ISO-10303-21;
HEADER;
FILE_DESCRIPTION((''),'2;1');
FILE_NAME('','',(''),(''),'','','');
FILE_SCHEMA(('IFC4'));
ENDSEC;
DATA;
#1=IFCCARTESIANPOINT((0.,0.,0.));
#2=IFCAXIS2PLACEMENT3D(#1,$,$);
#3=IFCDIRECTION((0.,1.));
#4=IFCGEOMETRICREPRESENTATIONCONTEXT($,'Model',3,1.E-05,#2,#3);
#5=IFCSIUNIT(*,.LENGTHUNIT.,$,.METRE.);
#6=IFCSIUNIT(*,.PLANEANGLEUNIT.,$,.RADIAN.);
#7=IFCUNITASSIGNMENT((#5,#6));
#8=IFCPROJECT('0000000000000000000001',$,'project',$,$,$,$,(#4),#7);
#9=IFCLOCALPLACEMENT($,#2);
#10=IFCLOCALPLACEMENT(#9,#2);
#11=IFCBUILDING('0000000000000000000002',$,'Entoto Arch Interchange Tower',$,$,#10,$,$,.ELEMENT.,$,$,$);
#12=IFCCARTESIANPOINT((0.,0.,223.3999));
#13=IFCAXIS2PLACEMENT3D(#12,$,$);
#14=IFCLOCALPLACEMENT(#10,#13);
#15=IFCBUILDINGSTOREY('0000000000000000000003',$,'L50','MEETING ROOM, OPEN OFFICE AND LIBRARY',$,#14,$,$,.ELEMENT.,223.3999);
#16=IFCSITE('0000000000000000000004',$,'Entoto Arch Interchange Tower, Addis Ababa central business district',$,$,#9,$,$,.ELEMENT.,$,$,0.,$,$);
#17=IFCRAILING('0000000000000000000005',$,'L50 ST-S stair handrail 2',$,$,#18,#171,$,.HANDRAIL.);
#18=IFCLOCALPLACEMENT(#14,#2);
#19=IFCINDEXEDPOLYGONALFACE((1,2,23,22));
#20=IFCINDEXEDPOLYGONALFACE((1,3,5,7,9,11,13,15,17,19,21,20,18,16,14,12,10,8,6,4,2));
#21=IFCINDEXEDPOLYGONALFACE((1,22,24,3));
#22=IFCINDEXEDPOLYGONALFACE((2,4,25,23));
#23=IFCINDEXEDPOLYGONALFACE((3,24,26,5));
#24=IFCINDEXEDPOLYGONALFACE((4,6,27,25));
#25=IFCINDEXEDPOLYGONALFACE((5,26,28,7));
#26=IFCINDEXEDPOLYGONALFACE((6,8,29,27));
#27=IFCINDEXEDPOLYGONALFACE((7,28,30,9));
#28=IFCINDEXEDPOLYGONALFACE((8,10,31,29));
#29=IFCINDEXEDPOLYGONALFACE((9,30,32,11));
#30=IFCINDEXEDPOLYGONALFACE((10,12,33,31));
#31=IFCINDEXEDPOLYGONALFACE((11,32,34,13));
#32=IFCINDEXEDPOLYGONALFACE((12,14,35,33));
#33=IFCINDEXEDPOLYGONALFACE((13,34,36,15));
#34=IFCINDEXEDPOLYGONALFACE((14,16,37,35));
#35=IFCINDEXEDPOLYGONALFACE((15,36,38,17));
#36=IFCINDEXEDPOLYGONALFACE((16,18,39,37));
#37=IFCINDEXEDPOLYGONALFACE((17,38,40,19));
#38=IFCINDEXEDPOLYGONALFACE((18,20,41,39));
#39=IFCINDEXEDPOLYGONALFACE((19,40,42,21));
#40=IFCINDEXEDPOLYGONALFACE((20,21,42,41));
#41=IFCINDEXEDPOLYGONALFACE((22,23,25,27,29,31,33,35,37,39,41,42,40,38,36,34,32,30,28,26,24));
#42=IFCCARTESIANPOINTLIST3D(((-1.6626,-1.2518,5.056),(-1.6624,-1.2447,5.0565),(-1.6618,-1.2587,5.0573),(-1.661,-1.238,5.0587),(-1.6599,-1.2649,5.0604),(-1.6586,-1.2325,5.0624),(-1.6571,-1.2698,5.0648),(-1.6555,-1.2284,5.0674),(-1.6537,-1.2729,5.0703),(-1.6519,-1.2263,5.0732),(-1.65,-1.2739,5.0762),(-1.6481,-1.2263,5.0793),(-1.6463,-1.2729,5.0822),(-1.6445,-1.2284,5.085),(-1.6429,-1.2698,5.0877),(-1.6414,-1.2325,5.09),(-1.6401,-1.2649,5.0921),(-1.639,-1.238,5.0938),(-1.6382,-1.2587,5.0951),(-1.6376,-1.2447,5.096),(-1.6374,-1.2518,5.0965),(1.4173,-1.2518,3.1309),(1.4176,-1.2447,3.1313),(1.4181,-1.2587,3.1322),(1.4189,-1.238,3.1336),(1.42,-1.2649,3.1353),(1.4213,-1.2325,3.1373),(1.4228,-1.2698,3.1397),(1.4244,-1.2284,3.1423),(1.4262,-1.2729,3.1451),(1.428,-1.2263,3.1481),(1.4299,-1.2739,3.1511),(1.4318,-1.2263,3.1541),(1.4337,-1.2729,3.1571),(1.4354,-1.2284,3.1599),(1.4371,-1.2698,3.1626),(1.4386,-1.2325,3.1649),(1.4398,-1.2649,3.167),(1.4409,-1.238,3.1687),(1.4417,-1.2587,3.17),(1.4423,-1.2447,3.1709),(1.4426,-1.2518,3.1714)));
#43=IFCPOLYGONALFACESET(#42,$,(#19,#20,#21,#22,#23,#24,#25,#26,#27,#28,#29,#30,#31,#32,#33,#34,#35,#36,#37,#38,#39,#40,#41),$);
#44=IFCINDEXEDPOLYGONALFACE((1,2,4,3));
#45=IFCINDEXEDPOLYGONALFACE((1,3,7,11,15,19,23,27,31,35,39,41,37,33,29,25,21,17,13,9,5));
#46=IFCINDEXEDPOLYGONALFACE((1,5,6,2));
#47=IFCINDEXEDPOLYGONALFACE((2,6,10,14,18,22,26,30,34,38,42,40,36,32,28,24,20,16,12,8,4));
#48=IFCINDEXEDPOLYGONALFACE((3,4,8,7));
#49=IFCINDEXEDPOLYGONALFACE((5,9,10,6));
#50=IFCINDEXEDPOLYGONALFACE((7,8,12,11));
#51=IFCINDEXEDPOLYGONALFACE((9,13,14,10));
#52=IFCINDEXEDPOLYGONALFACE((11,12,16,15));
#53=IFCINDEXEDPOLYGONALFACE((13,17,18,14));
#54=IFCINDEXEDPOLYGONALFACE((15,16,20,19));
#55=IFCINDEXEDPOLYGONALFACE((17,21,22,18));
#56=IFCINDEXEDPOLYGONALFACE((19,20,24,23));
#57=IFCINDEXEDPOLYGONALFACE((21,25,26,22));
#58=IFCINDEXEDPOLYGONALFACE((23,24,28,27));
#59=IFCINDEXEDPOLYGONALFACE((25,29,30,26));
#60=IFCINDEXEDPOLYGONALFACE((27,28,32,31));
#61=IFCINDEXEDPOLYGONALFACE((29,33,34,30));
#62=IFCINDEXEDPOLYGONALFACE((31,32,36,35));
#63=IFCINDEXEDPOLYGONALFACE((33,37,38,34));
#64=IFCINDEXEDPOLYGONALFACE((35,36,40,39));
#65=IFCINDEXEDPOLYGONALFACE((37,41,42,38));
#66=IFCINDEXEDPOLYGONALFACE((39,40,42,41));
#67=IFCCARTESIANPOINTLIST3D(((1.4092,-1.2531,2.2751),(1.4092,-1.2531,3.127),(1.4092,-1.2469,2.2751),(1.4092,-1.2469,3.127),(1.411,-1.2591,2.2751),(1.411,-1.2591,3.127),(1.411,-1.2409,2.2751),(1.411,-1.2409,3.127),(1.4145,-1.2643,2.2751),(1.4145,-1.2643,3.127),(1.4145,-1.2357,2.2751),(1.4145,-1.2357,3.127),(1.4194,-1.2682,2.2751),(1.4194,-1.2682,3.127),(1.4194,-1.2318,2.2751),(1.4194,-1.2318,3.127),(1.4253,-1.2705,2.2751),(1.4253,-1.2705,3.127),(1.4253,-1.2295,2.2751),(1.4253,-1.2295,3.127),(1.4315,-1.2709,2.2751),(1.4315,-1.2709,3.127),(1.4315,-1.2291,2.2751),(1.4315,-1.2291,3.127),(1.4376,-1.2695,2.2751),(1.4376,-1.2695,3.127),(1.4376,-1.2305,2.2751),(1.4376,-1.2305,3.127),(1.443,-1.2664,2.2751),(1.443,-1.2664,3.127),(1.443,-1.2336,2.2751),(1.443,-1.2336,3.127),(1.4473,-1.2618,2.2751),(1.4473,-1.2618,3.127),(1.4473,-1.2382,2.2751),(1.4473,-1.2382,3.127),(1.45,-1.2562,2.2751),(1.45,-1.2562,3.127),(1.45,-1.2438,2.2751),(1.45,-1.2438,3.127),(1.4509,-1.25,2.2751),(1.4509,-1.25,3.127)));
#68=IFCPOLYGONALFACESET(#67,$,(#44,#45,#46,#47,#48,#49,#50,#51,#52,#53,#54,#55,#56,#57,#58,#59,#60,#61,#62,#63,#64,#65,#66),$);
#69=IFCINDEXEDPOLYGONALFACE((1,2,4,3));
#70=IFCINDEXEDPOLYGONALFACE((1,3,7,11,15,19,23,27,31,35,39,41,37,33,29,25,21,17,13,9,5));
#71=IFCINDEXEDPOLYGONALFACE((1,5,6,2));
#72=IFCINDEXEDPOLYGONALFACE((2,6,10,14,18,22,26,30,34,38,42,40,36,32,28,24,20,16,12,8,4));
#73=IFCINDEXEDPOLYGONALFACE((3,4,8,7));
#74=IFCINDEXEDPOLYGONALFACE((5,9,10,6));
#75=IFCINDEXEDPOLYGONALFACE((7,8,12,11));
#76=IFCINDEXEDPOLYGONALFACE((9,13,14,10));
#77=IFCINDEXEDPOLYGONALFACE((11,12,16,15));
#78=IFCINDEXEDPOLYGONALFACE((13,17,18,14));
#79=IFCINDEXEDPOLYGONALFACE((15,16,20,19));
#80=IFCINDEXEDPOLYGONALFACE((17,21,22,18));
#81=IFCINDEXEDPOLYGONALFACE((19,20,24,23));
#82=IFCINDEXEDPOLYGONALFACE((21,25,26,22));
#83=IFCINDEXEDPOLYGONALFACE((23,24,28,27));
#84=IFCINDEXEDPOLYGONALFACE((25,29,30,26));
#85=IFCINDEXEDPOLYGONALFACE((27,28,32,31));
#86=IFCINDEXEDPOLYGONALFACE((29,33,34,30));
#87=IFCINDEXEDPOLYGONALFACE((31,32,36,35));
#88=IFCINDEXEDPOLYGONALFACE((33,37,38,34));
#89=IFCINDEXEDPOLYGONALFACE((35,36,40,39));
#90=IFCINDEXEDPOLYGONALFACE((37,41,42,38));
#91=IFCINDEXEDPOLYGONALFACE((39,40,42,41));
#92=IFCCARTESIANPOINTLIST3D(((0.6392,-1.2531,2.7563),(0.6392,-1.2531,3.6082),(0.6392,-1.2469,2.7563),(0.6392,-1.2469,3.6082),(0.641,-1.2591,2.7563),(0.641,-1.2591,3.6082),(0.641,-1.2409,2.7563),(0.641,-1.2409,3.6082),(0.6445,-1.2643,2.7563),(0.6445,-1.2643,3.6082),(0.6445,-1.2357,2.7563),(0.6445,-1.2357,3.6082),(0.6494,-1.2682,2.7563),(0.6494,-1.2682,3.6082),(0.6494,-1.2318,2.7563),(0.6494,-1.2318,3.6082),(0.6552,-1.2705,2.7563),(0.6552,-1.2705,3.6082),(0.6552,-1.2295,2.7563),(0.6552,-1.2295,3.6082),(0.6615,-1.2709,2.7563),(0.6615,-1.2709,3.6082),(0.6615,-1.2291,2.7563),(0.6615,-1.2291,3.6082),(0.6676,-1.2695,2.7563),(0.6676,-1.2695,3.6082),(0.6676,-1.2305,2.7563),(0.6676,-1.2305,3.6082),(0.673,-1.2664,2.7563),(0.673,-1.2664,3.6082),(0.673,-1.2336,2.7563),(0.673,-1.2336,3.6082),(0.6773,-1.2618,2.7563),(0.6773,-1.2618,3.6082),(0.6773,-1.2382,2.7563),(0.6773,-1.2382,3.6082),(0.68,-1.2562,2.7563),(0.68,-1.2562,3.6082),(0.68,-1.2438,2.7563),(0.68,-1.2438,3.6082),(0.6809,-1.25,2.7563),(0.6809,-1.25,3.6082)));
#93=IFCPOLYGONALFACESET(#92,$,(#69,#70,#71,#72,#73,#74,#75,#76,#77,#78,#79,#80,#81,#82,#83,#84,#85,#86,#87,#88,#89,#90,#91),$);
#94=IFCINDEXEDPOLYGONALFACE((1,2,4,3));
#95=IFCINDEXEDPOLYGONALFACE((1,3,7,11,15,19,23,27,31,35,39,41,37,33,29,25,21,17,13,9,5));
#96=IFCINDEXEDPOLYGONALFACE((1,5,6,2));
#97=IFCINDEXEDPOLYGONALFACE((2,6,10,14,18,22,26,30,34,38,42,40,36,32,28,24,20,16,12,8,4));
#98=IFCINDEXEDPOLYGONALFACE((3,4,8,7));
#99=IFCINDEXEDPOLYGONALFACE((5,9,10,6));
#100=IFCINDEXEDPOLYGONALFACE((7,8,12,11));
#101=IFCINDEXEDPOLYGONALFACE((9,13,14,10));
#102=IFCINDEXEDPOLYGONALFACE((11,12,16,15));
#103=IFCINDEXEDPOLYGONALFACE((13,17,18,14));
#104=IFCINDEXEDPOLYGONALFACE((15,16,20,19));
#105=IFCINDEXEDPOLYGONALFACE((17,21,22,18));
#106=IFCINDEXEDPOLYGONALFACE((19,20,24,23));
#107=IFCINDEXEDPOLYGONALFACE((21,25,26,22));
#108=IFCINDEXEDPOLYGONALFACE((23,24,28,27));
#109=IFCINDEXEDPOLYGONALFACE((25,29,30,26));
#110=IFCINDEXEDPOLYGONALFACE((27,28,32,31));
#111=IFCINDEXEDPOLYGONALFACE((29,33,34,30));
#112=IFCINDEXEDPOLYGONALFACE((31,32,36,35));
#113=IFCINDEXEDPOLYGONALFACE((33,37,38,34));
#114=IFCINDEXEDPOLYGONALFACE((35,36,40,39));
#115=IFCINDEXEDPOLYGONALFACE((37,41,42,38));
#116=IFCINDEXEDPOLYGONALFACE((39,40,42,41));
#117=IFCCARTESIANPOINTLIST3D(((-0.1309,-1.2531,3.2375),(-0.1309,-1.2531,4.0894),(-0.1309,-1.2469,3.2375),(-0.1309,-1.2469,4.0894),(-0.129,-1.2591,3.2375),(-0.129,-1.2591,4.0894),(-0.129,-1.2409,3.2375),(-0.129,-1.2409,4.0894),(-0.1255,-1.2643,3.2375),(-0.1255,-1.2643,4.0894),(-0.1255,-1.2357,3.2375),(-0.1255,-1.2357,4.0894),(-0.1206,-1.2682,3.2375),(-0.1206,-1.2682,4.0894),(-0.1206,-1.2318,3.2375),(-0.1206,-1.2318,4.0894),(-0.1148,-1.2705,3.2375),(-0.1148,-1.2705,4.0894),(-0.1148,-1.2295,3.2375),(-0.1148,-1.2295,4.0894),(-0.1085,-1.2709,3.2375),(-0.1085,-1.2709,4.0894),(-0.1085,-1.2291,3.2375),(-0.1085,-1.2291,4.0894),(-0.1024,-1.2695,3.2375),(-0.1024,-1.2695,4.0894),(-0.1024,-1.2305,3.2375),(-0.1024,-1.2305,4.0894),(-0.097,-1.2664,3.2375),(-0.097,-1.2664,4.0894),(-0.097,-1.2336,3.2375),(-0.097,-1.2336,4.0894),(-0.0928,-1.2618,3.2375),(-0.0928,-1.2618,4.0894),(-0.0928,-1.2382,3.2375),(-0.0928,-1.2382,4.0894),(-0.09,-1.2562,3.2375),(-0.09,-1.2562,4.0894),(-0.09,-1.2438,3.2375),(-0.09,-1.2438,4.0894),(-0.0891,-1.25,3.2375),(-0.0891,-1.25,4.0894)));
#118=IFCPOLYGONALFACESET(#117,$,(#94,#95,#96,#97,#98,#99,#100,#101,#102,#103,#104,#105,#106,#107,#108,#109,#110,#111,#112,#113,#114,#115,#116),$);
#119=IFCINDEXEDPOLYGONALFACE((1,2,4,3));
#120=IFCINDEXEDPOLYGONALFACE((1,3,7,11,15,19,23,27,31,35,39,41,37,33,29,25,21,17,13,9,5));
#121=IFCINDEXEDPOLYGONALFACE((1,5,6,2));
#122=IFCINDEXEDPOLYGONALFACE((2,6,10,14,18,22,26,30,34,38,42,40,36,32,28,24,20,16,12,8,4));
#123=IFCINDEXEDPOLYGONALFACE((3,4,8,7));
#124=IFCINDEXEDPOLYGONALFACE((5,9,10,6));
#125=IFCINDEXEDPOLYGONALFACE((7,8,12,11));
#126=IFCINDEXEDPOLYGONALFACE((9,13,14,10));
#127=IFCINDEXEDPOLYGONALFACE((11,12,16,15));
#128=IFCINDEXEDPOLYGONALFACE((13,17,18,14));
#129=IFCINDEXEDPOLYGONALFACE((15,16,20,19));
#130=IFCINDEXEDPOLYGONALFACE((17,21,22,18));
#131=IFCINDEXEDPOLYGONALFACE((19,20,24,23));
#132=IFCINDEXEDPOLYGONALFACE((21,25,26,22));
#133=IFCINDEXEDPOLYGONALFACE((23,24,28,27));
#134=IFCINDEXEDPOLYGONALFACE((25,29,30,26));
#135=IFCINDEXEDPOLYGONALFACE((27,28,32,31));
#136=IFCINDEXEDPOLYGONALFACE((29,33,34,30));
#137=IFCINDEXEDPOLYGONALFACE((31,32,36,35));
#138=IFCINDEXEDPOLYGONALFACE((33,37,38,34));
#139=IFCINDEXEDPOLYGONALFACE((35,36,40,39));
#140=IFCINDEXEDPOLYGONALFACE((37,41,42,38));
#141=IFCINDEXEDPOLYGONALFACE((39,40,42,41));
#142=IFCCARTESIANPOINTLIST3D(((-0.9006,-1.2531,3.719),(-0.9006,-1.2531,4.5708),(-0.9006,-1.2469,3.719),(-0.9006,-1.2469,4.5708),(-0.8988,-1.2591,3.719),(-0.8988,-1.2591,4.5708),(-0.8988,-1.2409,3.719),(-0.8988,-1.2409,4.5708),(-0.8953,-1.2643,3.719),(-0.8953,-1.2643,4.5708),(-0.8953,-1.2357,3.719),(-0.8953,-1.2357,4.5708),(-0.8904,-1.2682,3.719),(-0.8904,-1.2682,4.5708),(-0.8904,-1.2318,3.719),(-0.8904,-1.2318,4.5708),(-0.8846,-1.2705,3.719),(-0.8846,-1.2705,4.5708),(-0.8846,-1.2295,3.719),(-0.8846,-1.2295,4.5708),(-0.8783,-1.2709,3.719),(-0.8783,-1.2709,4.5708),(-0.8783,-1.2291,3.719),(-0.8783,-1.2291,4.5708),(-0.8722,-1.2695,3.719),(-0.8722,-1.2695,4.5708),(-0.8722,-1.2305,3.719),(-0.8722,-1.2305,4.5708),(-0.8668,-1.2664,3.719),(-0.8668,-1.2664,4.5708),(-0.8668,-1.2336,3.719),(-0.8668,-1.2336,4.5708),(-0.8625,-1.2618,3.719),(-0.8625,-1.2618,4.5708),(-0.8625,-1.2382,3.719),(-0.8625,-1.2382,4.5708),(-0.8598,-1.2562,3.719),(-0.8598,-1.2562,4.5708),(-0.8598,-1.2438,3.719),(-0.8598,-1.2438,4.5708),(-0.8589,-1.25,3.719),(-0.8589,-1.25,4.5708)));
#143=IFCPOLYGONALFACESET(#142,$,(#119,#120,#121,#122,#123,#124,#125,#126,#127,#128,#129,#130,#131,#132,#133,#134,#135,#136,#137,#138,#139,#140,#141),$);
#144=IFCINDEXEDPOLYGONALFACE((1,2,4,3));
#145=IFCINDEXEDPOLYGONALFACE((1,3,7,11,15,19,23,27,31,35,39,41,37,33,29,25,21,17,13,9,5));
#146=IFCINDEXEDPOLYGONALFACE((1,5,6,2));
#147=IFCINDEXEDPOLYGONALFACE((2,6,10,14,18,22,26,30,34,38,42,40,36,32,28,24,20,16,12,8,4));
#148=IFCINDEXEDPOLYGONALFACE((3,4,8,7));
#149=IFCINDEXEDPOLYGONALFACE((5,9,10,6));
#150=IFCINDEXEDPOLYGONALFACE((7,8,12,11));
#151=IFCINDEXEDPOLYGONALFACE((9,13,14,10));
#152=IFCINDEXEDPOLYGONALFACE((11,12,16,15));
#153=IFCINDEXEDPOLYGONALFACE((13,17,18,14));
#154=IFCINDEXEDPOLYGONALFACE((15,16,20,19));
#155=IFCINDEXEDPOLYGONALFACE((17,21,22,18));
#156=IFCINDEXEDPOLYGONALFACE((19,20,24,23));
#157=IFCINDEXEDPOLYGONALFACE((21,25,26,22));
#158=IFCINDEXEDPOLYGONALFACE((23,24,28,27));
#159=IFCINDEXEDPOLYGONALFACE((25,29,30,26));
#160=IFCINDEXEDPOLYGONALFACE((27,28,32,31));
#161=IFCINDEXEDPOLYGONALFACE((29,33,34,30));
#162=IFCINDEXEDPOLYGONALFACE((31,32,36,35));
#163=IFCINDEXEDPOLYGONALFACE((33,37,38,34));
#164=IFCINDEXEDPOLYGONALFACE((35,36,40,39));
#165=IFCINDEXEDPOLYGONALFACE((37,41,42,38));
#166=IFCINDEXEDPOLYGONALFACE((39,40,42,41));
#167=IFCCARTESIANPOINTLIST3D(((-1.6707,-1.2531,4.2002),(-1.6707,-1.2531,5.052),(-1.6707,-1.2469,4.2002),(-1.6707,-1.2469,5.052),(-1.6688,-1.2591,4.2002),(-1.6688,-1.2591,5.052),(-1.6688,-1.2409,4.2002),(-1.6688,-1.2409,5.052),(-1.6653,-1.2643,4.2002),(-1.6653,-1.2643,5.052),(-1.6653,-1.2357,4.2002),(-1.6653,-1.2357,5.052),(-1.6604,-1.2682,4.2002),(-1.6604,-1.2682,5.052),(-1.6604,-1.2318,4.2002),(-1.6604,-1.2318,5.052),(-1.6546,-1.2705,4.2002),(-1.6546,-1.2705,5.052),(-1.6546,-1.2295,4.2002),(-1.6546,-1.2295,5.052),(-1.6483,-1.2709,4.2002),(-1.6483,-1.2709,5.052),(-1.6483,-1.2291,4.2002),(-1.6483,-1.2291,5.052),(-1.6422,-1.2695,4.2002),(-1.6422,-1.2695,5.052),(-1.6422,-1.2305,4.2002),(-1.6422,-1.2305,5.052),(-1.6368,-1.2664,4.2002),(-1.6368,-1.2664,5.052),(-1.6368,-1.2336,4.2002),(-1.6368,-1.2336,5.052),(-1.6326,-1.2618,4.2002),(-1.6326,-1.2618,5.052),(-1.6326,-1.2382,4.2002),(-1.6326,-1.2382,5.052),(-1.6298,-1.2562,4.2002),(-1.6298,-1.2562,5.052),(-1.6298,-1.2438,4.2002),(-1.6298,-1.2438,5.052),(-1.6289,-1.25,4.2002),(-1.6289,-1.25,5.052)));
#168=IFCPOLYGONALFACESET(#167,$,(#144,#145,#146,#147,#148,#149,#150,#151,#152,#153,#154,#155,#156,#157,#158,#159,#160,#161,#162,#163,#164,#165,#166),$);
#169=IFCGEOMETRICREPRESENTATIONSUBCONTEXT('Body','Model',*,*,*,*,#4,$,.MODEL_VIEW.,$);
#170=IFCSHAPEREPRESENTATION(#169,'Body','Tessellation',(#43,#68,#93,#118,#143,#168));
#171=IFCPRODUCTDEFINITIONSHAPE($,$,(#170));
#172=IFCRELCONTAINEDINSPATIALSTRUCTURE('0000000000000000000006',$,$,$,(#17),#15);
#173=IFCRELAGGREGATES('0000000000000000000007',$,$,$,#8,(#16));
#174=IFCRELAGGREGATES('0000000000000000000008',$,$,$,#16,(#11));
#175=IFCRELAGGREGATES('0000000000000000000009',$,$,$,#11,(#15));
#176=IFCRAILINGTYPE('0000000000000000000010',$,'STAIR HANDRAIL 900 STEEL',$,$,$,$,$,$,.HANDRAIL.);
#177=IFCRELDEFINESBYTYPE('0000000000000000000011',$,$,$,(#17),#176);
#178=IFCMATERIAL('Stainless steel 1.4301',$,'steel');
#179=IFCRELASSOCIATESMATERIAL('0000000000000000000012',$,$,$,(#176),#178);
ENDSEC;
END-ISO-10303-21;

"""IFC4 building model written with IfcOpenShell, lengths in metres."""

from ifc_helpers import new_model, si_unit, direction, frame, origin, origin_2d, place, context, subcontext, project, spatial, circle, extrude, material, type_object, element, save


model = new_model("IFC4")

# Units and contexts
model_context = context("Model", 3, precision=1e-05, world=origin(), true_north=direction((0.0, 1.0)))
body_context = subcontext(model_context, "Body", "Model", "MODEL_VIEW")
ifc_project = project(units=[si_unit("LENGTHUNIT", "METRE"), si_unit("PLANEANGLEUNIT", "RADIAN")], contexts=[model_context])

# Site, building, storey
site_placement = place(None, origin())
site = spatial("IfcSite", under=ifc_project, at=site_placement, Name="Entoto Arch Interchange Tower, Addis Ababa central business district", CompositionType="ELEMENT", RefElevation=0.0)
building_placement = place(site_placement, origin())
building = spatial("IfcBuilding", under=site, at=building_placement, Name="Entoto Arch Interchange Tower", CompositionType="ELEMENT")
storey_placement = place(building_placement, frame((0.0, 0.0, 223.3999)))
storey = spatial("IfcBuildingStorey", under=building, at=storey_placement, Name="L50", Description="MEETING ROOM, OPEN OFFICE AND LIBRARY", CompositionType="ELEMENT", Elevation=223.3999)

# Railing
ifc_material_1 = material(Name="Stainless steel 1.4301", Category="steel")
railing_type_1 = type_object("IfcRailingType", Name="STAIR HANDRAIL 900 STEEL", PredefinedType="HANDRAIL", material=ifc_material_1)
railing_1_placement = place(storey_placement, frame((1.4299, -1.25, 2.2751)))
element("IfcRailing", 1, at=railing_1_placement, inside=storey, type_object=railing_type_1, Name="L50 ST-S stair handrail 2", PredefinedType="HANDRAIL", context=body_context, shape_type="SweptSolid", body=[
    extrude(circle(Radius=0.0239, at=origin_2d()), frame((0.0, 0.0, 0.876), z_axis=(-0.847979, 0.0, 0.530029), x_axis=(0.0, -1.0, 0.0)), (0.0, 0.0, 1.0), 3.6321),
    extrude(circle(Radius=0.021, at=origin_2d()), origin(), (0.0, 0.0, 1.0), 0.8518),
    extrude(circle(Radius=0.021, at=origin_2d()), frame((-0.77, 0.0, 0.4812)), (0.0, 0.0, 1.0), 0.8518),
    extrude(circle(Radius=0.021, at=origin_2d()), frame((-1.54, 0.0, 0.9624)), (0.0, 0.0, 1.0), 0.8518),
    extrude(circle(Radius=0.021, at=origin_2d()), frame((-2.3098, 0.0, 1.4438)), (0.0, 0.0, 1.0), 0.8518),
    extrude(circle(Radius=0.021, at=origin_2d()), frame((-3.0798, 0.0, 1.925)), (0.0, 0.0, 1.0), 0.8518),
])

save(model, "model.ifc")
